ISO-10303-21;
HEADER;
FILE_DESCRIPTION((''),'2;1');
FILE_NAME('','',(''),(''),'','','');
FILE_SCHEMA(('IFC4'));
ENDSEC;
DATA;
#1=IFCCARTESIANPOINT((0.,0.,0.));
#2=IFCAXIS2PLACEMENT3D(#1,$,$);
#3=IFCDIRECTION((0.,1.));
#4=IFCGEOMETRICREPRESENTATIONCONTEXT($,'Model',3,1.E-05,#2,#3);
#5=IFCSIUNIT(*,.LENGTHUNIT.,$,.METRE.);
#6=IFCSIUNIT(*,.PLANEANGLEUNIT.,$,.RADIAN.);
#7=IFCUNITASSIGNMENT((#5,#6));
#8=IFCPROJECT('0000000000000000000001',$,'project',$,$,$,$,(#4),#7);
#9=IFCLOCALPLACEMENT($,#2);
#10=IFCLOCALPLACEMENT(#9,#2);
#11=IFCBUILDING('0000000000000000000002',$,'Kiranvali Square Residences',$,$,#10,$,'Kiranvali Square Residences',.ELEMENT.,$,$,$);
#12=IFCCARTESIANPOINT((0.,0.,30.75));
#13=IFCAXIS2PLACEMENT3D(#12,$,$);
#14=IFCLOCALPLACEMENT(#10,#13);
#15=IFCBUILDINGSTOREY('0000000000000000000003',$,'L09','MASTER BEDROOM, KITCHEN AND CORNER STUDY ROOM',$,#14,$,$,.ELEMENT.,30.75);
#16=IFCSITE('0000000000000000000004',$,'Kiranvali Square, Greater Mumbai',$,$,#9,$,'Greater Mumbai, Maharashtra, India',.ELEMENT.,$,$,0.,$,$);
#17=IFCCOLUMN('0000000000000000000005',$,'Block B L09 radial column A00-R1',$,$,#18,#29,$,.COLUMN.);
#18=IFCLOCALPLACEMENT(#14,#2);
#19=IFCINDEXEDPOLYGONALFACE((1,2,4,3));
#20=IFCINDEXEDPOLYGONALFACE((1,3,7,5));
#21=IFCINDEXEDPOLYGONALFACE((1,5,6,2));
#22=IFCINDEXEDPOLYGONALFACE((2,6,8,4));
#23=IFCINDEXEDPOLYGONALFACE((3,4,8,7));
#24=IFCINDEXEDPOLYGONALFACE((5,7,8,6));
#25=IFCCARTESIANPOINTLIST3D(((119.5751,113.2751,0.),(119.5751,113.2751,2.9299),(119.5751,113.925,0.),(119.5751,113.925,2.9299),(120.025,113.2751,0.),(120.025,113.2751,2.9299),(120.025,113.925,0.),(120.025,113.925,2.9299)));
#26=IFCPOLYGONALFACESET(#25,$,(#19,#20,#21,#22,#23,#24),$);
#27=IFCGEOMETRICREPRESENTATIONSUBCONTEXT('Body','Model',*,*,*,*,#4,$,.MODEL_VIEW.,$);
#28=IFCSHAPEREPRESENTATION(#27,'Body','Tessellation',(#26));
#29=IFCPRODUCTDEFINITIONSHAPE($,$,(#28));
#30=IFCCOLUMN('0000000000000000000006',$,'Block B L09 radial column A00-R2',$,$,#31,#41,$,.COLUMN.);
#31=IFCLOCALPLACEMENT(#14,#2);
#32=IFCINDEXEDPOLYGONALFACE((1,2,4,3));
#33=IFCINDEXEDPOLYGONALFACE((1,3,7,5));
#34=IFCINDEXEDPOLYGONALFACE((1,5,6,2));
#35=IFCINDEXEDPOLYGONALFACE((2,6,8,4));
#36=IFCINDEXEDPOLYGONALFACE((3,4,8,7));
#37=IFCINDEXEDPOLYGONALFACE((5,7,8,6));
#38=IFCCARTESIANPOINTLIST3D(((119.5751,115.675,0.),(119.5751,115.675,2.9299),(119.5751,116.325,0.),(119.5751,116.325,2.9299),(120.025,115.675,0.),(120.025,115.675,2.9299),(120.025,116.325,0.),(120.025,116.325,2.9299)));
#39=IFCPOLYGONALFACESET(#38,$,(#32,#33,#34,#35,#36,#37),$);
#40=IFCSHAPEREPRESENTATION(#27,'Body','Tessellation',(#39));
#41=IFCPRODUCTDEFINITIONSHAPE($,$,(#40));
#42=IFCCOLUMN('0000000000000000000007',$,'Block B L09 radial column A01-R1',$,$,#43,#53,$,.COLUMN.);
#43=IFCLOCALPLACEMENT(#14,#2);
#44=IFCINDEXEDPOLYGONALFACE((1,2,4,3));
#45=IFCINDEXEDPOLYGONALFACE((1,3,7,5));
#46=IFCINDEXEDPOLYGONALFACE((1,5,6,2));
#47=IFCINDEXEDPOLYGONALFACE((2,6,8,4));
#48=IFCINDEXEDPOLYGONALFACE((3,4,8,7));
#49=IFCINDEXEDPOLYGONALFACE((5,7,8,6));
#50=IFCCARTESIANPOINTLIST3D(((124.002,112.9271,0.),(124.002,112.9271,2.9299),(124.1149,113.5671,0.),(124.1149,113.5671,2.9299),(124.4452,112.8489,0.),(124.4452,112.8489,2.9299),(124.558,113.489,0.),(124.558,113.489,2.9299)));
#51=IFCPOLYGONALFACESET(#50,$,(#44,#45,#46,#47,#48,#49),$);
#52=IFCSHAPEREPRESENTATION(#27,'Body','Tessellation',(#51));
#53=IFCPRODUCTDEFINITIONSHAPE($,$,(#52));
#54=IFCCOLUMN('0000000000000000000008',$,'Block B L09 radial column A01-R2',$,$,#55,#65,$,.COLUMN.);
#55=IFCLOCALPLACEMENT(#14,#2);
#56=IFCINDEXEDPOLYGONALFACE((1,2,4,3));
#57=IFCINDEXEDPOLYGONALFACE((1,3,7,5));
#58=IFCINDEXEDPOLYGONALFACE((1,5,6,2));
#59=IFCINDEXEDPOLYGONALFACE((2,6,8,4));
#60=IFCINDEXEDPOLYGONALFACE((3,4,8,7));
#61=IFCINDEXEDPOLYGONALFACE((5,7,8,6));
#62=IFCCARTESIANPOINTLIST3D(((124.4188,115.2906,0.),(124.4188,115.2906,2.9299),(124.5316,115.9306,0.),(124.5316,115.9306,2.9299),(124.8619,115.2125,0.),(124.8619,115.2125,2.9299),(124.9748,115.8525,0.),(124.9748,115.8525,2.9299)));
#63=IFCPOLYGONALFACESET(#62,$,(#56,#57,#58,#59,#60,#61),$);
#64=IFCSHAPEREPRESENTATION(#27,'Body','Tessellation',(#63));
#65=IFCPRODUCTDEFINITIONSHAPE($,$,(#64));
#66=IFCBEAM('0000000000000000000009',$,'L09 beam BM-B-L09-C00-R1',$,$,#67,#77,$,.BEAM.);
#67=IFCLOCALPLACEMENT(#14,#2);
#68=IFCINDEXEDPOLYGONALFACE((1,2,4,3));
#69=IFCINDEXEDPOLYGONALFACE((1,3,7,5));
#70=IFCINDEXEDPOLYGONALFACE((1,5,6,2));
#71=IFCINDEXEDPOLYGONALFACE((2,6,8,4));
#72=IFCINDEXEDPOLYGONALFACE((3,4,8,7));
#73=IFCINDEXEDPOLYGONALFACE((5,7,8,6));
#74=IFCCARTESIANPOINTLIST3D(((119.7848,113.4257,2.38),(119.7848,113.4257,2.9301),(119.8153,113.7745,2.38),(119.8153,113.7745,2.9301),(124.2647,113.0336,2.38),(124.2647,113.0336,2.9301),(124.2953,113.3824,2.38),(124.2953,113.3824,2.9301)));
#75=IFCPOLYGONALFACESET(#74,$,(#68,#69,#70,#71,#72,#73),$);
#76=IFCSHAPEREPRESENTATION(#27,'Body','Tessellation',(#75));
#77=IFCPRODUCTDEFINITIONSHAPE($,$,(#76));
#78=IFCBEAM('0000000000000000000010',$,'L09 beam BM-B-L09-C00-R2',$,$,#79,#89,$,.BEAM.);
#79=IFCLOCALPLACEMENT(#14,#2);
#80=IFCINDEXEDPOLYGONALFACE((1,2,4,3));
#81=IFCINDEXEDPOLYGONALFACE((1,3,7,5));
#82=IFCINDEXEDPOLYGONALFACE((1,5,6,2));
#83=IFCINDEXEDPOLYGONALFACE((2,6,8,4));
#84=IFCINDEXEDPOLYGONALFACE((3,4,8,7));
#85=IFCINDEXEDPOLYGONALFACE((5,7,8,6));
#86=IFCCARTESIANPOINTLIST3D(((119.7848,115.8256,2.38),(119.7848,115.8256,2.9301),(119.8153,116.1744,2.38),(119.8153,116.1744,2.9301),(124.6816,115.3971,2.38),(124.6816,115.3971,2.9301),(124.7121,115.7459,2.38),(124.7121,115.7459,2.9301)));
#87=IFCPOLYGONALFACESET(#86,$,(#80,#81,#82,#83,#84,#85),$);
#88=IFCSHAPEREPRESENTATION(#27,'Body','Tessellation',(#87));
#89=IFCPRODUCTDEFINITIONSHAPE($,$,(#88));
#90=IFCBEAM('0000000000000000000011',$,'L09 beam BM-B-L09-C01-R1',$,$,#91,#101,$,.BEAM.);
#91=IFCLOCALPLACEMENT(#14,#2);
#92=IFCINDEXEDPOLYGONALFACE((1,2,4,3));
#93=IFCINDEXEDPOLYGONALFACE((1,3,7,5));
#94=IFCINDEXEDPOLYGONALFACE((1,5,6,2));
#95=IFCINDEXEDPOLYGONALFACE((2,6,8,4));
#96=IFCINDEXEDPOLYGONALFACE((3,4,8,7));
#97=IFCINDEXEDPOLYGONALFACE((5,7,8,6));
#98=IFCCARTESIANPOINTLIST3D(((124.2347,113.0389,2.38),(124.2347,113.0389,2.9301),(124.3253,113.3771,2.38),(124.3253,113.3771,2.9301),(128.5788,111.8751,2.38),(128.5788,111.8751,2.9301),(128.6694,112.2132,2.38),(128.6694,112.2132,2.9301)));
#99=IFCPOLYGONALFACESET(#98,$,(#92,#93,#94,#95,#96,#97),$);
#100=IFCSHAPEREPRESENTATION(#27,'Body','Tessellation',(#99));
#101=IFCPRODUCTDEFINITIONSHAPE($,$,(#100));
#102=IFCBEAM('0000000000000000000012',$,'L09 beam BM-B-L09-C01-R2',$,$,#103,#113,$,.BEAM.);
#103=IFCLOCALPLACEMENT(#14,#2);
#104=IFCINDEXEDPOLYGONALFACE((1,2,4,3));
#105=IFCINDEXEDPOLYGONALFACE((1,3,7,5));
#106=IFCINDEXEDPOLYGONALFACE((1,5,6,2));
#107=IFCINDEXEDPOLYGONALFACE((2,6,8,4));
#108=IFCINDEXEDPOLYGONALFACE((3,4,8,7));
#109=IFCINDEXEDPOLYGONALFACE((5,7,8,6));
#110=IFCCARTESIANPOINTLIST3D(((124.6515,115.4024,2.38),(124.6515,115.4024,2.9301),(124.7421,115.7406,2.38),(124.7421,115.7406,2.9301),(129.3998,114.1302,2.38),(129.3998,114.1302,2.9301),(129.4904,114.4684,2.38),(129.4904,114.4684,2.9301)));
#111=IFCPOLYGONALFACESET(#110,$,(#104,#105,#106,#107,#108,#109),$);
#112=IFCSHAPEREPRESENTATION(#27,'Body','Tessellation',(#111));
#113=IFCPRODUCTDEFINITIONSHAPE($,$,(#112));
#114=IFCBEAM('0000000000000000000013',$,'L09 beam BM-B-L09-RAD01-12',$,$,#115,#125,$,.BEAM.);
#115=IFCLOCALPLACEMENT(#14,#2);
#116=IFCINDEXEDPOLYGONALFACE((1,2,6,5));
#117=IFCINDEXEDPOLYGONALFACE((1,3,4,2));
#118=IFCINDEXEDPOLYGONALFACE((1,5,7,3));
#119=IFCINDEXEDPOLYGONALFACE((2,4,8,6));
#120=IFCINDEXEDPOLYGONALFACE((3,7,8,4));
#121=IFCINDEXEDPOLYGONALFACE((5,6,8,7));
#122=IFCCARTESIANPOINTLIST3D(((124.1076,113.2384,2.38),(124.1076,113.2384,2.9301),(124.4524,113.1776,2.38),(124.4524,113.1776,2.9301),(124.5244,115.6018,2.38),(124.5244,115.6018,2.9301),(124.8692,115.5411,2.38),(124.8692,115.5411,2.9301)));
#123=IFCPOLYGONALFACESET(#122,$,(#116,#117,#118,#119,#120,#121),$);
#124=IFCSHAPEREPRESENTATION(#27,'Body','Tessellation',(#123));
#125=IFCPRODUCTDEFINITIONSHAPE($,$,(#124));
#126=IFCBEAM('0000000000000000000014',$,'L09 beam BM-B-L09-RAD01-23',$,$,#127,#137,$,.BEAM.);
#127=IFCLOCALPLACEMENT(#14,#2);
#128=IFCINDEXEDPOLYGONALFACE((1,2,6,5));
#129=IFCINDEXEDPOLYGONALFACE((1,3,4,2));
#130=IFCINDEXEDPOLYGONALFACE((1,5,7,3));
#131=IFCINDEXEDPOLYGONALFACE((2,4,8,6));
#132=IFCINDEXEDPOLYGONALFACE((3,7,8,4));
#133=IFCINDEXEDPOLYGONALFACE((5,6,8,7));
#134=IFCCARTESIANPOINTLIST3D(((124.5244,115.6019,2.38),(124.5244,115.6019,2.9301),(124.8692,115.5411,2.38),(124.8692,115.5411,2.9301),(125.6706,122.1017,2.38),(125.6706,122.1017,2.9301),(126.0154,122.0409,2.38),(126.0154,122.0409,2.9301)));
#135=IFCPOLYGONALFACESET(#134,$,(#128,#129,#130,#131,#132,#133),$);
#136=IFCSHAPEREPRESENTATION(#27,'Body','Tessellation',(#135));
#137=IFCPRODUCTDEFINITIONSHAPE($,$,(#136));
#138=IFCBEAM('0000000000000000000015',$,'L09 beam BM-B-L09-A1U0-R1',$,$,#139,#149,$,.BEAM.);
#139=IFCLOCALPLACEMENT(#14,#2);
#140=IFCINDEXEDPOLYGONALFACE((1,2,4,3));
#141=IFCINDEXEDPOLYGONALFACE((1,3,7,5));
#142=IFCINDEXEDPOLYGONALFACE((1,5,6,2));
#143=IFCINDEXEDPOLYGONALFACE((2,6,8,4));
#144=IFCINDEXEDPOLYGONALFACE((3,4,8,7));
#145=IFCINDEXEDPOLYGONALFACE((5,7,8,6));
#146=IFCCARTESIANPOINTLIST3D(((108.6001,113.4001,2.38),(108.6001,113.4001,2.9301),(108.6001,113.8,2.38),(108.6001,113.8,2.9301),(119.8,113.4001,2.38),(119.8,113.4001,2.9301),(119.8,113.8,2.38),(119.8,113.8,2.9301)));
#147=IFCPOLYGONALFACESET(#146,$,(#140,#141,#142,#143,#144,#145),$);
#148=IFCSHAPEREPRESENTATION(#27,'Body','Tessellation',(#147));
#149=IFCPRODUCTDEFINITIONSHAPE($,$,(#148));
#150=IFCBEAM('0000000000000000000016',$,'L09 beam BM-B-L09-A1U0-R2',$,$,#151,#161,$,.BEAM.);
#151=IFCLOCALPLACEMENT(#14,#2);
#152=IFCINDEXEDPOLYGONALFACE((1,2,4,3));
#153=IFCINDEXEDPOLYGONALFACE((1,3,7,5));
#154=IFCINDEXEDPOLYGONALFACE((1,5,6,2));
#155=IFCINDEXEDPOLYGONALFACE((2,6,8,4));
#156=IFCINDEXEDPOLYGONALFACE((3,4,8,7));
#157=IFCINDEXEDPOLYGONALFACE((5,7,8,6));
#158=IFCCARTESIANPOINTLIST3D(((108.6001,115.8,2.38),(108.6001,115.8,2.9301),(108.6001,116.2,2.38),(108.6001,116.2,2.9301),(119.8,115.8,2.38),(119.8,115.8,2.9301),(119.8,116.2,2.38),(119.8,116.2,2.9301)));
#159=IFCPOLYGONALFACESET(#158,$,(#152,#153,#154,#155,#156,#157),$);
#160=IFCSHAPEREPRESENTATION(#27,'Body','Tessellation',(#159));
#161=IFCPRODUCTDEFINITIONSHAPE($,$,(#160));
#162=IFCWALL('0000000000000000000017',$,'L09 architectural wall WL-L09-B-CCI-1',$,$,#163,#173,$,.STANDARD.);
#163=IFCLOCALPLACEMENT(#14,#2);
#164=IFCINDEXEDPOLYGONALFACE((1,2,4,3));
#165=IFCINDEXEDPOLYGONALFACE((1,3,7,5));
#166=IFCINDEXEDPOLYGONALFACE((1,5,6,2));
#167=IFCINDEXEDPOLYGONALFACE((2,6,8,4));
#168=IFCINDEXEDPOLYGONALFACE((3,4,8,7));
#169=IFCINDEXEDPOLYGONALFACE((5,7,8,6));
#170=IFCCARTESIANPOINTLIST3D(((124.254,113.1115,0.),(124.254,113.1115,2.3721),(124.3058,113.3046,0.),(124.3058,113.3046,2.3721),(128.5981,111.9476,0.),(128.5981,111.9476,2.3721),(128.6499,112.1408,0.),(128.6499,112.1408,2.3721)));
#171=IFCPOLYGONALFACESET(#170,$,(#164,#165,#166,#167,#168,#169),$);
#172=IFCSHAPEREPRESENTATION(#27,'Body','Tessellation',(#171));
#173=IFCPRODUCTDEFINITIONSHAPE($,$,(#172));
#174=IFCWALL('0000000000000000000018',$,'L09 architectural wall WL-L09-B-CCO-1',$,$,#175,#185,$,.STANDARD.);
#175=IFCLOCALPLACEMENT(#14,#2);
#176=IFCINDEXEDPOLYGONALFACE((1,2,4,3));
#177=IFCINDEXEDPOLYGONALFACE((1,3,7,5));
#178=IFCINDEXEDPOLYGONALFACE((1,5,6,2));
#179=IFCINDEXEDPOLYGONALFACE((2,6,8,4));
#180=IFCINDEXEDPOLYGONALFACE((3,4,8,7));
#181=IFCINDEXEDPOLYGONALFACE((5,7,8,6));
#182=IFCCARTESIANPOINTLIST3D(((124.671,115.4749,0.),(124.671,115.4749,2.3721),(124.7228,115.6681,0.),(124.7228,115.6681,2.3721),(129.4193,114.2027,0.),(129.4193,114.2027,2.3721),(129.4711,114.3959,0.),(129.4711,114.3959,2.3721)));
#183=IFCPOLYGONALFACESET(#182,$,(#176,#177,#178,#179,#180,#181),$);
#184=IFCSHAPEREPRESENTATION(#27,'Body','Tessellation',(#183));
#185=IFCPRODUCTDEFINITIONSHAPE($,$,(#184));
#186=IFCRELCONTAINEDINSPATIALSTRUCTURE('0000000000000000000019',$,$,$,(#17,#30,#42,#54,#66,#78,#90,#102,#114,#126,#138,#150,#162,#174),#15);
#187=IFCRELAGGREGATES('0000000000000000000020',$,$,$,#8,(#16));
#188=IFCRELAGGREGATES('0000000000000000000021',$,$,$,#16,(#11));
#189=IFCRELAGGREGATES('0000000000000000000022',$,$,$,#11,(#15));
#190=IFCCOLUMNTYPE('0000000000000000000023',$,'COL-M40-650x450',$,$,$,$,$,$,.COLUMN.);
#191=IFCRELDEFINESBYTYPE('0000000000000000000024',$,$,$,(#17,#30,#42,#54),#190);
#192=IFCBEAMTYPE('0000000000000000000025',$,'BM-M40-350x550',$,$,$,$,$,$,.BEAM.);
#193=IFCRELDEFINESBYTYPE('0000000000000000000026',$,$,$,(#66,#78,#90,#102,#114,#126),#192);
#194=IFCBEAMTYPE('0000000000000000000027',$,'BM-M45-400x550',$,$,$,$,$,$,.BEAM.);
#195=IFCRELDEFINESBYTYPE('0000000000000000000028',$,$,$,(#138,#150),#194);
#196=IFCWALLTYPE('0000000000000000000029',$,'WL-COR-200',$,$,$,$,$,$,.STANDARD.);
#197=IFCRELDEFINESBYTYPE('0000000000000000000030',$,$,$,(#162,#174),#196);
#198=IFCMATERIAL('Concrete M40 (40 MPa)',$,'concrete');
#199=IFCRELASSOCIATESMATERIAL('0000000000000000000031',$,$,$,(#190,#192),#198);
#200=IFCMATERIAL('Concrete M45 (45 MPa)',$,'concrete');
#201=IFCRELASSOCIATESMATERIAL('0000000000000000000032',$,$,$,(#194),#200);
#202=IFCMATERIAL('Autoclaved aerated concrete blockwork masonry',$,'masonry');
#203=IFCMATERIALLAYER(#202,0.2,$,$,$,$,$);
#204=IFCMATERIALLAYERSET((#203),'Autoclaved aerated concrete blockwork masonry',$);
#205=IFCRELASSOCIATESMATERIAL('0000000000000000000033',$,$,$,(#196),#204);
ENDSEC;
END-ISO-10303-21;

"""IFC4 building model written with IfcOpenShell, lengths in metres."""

from ifc_helpers import new_model, si_unit, direction, frame, frame_2d, origin, origin_2d, place, context, subcontext, project, spatial, rectangle, extrude, material, layer, layer_set, material_profile, profile_set, type_object, element, save


model = new_model("IFC4")

# Units and contexts
model_context = context("Model", 3, precision=1e-05, world=origin(), true_north=direction((0.0, 1.0)))
body_context = subcontext(model_context, "Body", "Model", "MODEL_VIEW")
ifc_project = project(units=[si_unit("LENGTHUNIT", "METRE"), si_unit("PLANEANGLEUNIT", "RADIAN")], contexts=[model_context])

# Site, building, storey
site_placement = place(None, origin())
site = spatial("IfcSite", under=ifc_project, at=site_placement, Name="Kiranvali Square, Greater Mumbai", LongName="Greater Mumbai, Maharashtra, India", CompositionType="ELEMENT", RefElevation=0.0)
building_placement = place(site_placement, origin())
building = spatial("IfcBuilding", under=site, at=building_placement, Name="Kiranvali Square Residences", LongName="Kiranvali Square Residences", CompositionType="ELEMENT")
storey_placement = place(building_placement, frame((0.0, 0.0, 30.75)))
storey = spatial("IfcBuildingStorey", under=building, at=storey_placement, Name="L09", Description="MASTER BEDROOM, KITCHEN AND CORNER STUDY ROOM", CompositionType="ELEMENT", Elevation=30.75)

# Columns
ifc_material_1 = material(Name="Concrete M40 (40 MPa)", Category="concrete")
ifc_material_profile_1 = material_profile(ifc_material_1, rectangle(XDim=0.45, YDim=0.6499, at=origin_2d()), Name="RC 650x450")
ifc_profile_set_1 = profile_set([ifc_material_profile_1], Name="Concrete M40 (40 MPa)")
column_type = type_object("IfcColumnType", Name="COL-M40-650x450", PredefinedType="COLUMN", material=ifc_profile_set_1)
for number, where, z_axis, x_axis, name in (
    (1, (119.8, 113.6001, 0.0), (0.0, 0.0, 1.0), (1.0, 0.0, 0.0), "Block B L09 radial column A00-R1"),
    (2, (119.8, 116.0, 0.0), (0.0, 0.0, 1.0), (1.0, 0.0, 0.0), "Block B L09 radial column A00-R2"),
    (3, (124.28, 113.208, 0.0), (0.0, 0.0, 1.0), (-0.984808, 0.173648, 0.0), "Block B L09 radial column A01-R1"),
    (4, (124.6968, 115.5715, 0.0), (0.0, 0.0, 1.0), (-0.984808, 0.173648, 0.0), "Block B L09 radial column A01-R2"),
):
    element("IfcColumn", number, at=place(storey_placement, frame(where, z_axis=z_axis, x_axis=x_axis)), inside=storey, type_object=column_type, Name=name, PredefinedType="COLUMN", context=body_context, shape_type="SweptSolid", body=[
        extrude(rectangle(XDim=0.45, YDim=0.6499, at=origin_2d()), origin(), (0.0, 0.0, 1.0), 2.9299),
    ])

# Beams
ifc_material_profile_2 = material_profile(ifc_material_1, rectangle(XDim=0.3501, YDim=0.55, at=origin_2d()), Name="RC 350x550")
ifc_profile_set_2 = profile_set([ifc_material_profile_2], Name="Concrete M40 (40 MPa)")
beam_type_1 = type_object("IfcBeamType", Name="BM-M40-350x550", PredefinedType="BEAM", material=ifc_profile_set_2)
beam_1_placement = place(storey_placement, frame((119.8, 113.6001, 2.655), z_axis=(0.996192, -0.087187, 0.0), x_axis=(0.087187, 0.996192, 0.0)))
element("IfcBeam", 5, at=beam_1_placement, inside=storey, type_object=beam_type_1, Name="L09 beam BM-B-L09-C00-R1", PredefinedType="BEAM", context=body_context, shape_type="SweptSolid", body=[
    extrude(rectangle(XDim=0.3501, YDim=0.55, at=origin_2d()), origin(), (0.0, 0.0, 1.0), 4.4971),
])
beam_2_placement = place(storey_placement, frame((119.8, 116.0, 2.655), z_axis=(0.996194, -0.087168, 0.0), x_axis=(0.087168, 0.996194, 0.0)))
element("IfcBeam", 6, at=beam_2_placement, inside=storey, type_object=beam_type_1, Name="L09 beam BM-B-L09-C00-R2", PredefinedType="BEAM", context=body_context, shape_type="SweptSolid", body=[
    extrude(rectangle(XDim=0.3501, YDim=0.55, at=origin_2d()), origin(), (0.0, 0.0, 1.0), 4.9155),
])
beam_3_placement = place(storey_placement, frame((124.28, 113.208, 2.655), z_axis=(0.965934, -0.258788, 0.0), x_axis=(0.258788, 0.965934, 0.0)))
element("IfcBeam", 7, at=beam_3_placement, inside=storey, type_object=beam_type_1, Name="L09 beam BM-B-L09-C01-R1", PredefinedType="BEAM", context=body_context, shape_type="SweptSolid", body=[
    extrude(rectangle(XDim=0.3501, YDim=0.55, at=origin_2d()), origin(), (0.0, 0.0, 1.0), 4.4973),
])
beam_4_placement = place(storey_placement, frame((124.6968, 115.5715, 2.655), z_axis=(0.96593, -0.258803, 0.0), x_axis=(0.258803, 0.96593, 0.0)))
element("IfcBeam", 8, at=beam_4_placement, inside=storey, type_object=beam_type_1, Name="L09 beam BM-B-L09-C01-R2", PredefinedType="BEAM", context=body_context, shape_type="SweptSolid", body=[
    extrude(rectangle(XDim=0.3501, YDim=0.55, at=origin_2d()), origin(), (0.0, 0.0, 1.0), 4.9158),
])
beam_5_placement = place(storey_placement, frame((124.28, 113.208, 2.655), z_axis=(0.173646, 0.984808, 0.0), x_axis=(-0.984808, 0.173646, 0.0)))
element("IfcBeam", 9, at=beam_5_placement, inside=storey, type_object=beam_type_1, Name="L09 beam BM-B-L09-RAD01-12", PredefinedType="BEAM", context=body_context, shape_type="SweptSolid", body=[
    extrude(rectangle(XDim=0.3501, YDim=0.55, at=origin_2d()), origin(), (0.0, 0.0, 1.0), 2.3999),
])
beam_6_placement = place(storey_placement, frame((124.6968, 115.5715, 2.655), z_axis=(0.173671, 0.984804, 0.0), x_axis=(-0.984804, 0.173671, 0.0)))
element("IfcBeam", 10, at=beam_6_placement, inside=storey, type_object=beam_type_1, Name="L09 beam BM-B-L09-RAD01-23", PredefinedType="BEAM", context=body_context, shape_type="SweptSolid", body=[
    extrude(rectangle(XDim=0.3501, YDim=0.55, at=origin_2d()), origin(), (0.0, 0.0, 1.0), 6.6001),
])
ifc_material_2 = material(Name="Concrete M45 (45 MPa)", Category="concrete")
ifc_material_profile_3 = material_profile(ifc_material_2, rectangle(XDim=0.3999, YDim=0.55, at=origin_2d()), Name="RC 400x550")
ifc_profile_set_3 = profile_set([ifc_material_profile_3], Name="Concrete M45 (45 MPa)")
beam_type_2 = type_object("IfcBeamType", Name="BM-M45-400x550", PredefinedType="BEAM", material=ifc_profile_set_3)
for number, where, z_axis, x_axis, name in (
    (11, (119.8, 113.6001, 2.655), (-1.0, 0.0, 0.0), (0.0, -1.0, 0.0), "L09 beam BM-B-L09-A1U0-R1"),
    (12, (119.8, 116.0, 2.655), (-1.0, 0.0, 0.0), (0.0, -1.0, 0.0), "L09 beam BM-B-L09-A1U0-R2"),
):
    element("IfcBeam", number, at=place(storey_placement, frame(where, z_axis=z_axis, x_axis=x_axis)), inside=storey, type_object=beam_type_2, Name=name, PredefinedType="BEAM", context=body_context, shape_type="SweptSolid", body=[
        extrude(rectangle(XDim=0.3999, YDim=0.55, at=origin_2d()), origin(), (0.0, 0.0, 1.0), 11.2),
    ])

# Shared definitions
ifc_material_3 = material(Name="Autoclaved aerated concrete blockwork masonry", Category="masonry")
ifc_layer_1 = layer(ifc_material_3, 0.2)
ifc_layer_set_1 = layer_set([ifc_layer_1], Name="Autoclaved aerated concrete blockwork masonry")
wall_type_1 = type_object("IfcWallType", Name="WL-COR-200", PredefinedType="STANDARD", material=ifc_layer_set_1)

# Walls
wall_1_placement = place(storey_placement, frame((124.28, 113.208, 0.0), z_axis=(0.0, 0.0, 1.0), x_axis=(0.965934, -0.258788, 0.0)))
element("IfcWall", 13, at=wall_1_placement, inside=storey, type_object=wall_type_1, Name="L09 architectural wall WL-L09-B-CCI-1", PredefinedType="STANDARD", context=body_context, shape_type="SweptSolid", body=[
    extrude(rectangle(XDim=4.4973, YDim=0.2, at=frame_2d((2.2485, 0.0))), origin(), (0.0, 0.0, 1.0), 2.3721),
])
wall_2_placement = place(storey_placement, frame((124.6968, 115.5715, 0.0), z_axis=(0.0, 0.0, 1.0), x_axis=(0.96593, -0.258803, 0.0)))
element("IfcWall", 14, at=wall_2_placement, inside=storey, type_object=wall_type_1, Name="L09 architectural wall WL-L09-B-CCO-1", PredefinedType="STANDARD", context=body_context, shape_type="SweptSolid", body=[
    extrude(rectangle(XDim=4.9158, YDim=0.2, at=frame_2d((2.458, 0.0))), origin(), (0.0, 0.0, 1.0), 2.3721),
])

save(model, "model.ifc")
